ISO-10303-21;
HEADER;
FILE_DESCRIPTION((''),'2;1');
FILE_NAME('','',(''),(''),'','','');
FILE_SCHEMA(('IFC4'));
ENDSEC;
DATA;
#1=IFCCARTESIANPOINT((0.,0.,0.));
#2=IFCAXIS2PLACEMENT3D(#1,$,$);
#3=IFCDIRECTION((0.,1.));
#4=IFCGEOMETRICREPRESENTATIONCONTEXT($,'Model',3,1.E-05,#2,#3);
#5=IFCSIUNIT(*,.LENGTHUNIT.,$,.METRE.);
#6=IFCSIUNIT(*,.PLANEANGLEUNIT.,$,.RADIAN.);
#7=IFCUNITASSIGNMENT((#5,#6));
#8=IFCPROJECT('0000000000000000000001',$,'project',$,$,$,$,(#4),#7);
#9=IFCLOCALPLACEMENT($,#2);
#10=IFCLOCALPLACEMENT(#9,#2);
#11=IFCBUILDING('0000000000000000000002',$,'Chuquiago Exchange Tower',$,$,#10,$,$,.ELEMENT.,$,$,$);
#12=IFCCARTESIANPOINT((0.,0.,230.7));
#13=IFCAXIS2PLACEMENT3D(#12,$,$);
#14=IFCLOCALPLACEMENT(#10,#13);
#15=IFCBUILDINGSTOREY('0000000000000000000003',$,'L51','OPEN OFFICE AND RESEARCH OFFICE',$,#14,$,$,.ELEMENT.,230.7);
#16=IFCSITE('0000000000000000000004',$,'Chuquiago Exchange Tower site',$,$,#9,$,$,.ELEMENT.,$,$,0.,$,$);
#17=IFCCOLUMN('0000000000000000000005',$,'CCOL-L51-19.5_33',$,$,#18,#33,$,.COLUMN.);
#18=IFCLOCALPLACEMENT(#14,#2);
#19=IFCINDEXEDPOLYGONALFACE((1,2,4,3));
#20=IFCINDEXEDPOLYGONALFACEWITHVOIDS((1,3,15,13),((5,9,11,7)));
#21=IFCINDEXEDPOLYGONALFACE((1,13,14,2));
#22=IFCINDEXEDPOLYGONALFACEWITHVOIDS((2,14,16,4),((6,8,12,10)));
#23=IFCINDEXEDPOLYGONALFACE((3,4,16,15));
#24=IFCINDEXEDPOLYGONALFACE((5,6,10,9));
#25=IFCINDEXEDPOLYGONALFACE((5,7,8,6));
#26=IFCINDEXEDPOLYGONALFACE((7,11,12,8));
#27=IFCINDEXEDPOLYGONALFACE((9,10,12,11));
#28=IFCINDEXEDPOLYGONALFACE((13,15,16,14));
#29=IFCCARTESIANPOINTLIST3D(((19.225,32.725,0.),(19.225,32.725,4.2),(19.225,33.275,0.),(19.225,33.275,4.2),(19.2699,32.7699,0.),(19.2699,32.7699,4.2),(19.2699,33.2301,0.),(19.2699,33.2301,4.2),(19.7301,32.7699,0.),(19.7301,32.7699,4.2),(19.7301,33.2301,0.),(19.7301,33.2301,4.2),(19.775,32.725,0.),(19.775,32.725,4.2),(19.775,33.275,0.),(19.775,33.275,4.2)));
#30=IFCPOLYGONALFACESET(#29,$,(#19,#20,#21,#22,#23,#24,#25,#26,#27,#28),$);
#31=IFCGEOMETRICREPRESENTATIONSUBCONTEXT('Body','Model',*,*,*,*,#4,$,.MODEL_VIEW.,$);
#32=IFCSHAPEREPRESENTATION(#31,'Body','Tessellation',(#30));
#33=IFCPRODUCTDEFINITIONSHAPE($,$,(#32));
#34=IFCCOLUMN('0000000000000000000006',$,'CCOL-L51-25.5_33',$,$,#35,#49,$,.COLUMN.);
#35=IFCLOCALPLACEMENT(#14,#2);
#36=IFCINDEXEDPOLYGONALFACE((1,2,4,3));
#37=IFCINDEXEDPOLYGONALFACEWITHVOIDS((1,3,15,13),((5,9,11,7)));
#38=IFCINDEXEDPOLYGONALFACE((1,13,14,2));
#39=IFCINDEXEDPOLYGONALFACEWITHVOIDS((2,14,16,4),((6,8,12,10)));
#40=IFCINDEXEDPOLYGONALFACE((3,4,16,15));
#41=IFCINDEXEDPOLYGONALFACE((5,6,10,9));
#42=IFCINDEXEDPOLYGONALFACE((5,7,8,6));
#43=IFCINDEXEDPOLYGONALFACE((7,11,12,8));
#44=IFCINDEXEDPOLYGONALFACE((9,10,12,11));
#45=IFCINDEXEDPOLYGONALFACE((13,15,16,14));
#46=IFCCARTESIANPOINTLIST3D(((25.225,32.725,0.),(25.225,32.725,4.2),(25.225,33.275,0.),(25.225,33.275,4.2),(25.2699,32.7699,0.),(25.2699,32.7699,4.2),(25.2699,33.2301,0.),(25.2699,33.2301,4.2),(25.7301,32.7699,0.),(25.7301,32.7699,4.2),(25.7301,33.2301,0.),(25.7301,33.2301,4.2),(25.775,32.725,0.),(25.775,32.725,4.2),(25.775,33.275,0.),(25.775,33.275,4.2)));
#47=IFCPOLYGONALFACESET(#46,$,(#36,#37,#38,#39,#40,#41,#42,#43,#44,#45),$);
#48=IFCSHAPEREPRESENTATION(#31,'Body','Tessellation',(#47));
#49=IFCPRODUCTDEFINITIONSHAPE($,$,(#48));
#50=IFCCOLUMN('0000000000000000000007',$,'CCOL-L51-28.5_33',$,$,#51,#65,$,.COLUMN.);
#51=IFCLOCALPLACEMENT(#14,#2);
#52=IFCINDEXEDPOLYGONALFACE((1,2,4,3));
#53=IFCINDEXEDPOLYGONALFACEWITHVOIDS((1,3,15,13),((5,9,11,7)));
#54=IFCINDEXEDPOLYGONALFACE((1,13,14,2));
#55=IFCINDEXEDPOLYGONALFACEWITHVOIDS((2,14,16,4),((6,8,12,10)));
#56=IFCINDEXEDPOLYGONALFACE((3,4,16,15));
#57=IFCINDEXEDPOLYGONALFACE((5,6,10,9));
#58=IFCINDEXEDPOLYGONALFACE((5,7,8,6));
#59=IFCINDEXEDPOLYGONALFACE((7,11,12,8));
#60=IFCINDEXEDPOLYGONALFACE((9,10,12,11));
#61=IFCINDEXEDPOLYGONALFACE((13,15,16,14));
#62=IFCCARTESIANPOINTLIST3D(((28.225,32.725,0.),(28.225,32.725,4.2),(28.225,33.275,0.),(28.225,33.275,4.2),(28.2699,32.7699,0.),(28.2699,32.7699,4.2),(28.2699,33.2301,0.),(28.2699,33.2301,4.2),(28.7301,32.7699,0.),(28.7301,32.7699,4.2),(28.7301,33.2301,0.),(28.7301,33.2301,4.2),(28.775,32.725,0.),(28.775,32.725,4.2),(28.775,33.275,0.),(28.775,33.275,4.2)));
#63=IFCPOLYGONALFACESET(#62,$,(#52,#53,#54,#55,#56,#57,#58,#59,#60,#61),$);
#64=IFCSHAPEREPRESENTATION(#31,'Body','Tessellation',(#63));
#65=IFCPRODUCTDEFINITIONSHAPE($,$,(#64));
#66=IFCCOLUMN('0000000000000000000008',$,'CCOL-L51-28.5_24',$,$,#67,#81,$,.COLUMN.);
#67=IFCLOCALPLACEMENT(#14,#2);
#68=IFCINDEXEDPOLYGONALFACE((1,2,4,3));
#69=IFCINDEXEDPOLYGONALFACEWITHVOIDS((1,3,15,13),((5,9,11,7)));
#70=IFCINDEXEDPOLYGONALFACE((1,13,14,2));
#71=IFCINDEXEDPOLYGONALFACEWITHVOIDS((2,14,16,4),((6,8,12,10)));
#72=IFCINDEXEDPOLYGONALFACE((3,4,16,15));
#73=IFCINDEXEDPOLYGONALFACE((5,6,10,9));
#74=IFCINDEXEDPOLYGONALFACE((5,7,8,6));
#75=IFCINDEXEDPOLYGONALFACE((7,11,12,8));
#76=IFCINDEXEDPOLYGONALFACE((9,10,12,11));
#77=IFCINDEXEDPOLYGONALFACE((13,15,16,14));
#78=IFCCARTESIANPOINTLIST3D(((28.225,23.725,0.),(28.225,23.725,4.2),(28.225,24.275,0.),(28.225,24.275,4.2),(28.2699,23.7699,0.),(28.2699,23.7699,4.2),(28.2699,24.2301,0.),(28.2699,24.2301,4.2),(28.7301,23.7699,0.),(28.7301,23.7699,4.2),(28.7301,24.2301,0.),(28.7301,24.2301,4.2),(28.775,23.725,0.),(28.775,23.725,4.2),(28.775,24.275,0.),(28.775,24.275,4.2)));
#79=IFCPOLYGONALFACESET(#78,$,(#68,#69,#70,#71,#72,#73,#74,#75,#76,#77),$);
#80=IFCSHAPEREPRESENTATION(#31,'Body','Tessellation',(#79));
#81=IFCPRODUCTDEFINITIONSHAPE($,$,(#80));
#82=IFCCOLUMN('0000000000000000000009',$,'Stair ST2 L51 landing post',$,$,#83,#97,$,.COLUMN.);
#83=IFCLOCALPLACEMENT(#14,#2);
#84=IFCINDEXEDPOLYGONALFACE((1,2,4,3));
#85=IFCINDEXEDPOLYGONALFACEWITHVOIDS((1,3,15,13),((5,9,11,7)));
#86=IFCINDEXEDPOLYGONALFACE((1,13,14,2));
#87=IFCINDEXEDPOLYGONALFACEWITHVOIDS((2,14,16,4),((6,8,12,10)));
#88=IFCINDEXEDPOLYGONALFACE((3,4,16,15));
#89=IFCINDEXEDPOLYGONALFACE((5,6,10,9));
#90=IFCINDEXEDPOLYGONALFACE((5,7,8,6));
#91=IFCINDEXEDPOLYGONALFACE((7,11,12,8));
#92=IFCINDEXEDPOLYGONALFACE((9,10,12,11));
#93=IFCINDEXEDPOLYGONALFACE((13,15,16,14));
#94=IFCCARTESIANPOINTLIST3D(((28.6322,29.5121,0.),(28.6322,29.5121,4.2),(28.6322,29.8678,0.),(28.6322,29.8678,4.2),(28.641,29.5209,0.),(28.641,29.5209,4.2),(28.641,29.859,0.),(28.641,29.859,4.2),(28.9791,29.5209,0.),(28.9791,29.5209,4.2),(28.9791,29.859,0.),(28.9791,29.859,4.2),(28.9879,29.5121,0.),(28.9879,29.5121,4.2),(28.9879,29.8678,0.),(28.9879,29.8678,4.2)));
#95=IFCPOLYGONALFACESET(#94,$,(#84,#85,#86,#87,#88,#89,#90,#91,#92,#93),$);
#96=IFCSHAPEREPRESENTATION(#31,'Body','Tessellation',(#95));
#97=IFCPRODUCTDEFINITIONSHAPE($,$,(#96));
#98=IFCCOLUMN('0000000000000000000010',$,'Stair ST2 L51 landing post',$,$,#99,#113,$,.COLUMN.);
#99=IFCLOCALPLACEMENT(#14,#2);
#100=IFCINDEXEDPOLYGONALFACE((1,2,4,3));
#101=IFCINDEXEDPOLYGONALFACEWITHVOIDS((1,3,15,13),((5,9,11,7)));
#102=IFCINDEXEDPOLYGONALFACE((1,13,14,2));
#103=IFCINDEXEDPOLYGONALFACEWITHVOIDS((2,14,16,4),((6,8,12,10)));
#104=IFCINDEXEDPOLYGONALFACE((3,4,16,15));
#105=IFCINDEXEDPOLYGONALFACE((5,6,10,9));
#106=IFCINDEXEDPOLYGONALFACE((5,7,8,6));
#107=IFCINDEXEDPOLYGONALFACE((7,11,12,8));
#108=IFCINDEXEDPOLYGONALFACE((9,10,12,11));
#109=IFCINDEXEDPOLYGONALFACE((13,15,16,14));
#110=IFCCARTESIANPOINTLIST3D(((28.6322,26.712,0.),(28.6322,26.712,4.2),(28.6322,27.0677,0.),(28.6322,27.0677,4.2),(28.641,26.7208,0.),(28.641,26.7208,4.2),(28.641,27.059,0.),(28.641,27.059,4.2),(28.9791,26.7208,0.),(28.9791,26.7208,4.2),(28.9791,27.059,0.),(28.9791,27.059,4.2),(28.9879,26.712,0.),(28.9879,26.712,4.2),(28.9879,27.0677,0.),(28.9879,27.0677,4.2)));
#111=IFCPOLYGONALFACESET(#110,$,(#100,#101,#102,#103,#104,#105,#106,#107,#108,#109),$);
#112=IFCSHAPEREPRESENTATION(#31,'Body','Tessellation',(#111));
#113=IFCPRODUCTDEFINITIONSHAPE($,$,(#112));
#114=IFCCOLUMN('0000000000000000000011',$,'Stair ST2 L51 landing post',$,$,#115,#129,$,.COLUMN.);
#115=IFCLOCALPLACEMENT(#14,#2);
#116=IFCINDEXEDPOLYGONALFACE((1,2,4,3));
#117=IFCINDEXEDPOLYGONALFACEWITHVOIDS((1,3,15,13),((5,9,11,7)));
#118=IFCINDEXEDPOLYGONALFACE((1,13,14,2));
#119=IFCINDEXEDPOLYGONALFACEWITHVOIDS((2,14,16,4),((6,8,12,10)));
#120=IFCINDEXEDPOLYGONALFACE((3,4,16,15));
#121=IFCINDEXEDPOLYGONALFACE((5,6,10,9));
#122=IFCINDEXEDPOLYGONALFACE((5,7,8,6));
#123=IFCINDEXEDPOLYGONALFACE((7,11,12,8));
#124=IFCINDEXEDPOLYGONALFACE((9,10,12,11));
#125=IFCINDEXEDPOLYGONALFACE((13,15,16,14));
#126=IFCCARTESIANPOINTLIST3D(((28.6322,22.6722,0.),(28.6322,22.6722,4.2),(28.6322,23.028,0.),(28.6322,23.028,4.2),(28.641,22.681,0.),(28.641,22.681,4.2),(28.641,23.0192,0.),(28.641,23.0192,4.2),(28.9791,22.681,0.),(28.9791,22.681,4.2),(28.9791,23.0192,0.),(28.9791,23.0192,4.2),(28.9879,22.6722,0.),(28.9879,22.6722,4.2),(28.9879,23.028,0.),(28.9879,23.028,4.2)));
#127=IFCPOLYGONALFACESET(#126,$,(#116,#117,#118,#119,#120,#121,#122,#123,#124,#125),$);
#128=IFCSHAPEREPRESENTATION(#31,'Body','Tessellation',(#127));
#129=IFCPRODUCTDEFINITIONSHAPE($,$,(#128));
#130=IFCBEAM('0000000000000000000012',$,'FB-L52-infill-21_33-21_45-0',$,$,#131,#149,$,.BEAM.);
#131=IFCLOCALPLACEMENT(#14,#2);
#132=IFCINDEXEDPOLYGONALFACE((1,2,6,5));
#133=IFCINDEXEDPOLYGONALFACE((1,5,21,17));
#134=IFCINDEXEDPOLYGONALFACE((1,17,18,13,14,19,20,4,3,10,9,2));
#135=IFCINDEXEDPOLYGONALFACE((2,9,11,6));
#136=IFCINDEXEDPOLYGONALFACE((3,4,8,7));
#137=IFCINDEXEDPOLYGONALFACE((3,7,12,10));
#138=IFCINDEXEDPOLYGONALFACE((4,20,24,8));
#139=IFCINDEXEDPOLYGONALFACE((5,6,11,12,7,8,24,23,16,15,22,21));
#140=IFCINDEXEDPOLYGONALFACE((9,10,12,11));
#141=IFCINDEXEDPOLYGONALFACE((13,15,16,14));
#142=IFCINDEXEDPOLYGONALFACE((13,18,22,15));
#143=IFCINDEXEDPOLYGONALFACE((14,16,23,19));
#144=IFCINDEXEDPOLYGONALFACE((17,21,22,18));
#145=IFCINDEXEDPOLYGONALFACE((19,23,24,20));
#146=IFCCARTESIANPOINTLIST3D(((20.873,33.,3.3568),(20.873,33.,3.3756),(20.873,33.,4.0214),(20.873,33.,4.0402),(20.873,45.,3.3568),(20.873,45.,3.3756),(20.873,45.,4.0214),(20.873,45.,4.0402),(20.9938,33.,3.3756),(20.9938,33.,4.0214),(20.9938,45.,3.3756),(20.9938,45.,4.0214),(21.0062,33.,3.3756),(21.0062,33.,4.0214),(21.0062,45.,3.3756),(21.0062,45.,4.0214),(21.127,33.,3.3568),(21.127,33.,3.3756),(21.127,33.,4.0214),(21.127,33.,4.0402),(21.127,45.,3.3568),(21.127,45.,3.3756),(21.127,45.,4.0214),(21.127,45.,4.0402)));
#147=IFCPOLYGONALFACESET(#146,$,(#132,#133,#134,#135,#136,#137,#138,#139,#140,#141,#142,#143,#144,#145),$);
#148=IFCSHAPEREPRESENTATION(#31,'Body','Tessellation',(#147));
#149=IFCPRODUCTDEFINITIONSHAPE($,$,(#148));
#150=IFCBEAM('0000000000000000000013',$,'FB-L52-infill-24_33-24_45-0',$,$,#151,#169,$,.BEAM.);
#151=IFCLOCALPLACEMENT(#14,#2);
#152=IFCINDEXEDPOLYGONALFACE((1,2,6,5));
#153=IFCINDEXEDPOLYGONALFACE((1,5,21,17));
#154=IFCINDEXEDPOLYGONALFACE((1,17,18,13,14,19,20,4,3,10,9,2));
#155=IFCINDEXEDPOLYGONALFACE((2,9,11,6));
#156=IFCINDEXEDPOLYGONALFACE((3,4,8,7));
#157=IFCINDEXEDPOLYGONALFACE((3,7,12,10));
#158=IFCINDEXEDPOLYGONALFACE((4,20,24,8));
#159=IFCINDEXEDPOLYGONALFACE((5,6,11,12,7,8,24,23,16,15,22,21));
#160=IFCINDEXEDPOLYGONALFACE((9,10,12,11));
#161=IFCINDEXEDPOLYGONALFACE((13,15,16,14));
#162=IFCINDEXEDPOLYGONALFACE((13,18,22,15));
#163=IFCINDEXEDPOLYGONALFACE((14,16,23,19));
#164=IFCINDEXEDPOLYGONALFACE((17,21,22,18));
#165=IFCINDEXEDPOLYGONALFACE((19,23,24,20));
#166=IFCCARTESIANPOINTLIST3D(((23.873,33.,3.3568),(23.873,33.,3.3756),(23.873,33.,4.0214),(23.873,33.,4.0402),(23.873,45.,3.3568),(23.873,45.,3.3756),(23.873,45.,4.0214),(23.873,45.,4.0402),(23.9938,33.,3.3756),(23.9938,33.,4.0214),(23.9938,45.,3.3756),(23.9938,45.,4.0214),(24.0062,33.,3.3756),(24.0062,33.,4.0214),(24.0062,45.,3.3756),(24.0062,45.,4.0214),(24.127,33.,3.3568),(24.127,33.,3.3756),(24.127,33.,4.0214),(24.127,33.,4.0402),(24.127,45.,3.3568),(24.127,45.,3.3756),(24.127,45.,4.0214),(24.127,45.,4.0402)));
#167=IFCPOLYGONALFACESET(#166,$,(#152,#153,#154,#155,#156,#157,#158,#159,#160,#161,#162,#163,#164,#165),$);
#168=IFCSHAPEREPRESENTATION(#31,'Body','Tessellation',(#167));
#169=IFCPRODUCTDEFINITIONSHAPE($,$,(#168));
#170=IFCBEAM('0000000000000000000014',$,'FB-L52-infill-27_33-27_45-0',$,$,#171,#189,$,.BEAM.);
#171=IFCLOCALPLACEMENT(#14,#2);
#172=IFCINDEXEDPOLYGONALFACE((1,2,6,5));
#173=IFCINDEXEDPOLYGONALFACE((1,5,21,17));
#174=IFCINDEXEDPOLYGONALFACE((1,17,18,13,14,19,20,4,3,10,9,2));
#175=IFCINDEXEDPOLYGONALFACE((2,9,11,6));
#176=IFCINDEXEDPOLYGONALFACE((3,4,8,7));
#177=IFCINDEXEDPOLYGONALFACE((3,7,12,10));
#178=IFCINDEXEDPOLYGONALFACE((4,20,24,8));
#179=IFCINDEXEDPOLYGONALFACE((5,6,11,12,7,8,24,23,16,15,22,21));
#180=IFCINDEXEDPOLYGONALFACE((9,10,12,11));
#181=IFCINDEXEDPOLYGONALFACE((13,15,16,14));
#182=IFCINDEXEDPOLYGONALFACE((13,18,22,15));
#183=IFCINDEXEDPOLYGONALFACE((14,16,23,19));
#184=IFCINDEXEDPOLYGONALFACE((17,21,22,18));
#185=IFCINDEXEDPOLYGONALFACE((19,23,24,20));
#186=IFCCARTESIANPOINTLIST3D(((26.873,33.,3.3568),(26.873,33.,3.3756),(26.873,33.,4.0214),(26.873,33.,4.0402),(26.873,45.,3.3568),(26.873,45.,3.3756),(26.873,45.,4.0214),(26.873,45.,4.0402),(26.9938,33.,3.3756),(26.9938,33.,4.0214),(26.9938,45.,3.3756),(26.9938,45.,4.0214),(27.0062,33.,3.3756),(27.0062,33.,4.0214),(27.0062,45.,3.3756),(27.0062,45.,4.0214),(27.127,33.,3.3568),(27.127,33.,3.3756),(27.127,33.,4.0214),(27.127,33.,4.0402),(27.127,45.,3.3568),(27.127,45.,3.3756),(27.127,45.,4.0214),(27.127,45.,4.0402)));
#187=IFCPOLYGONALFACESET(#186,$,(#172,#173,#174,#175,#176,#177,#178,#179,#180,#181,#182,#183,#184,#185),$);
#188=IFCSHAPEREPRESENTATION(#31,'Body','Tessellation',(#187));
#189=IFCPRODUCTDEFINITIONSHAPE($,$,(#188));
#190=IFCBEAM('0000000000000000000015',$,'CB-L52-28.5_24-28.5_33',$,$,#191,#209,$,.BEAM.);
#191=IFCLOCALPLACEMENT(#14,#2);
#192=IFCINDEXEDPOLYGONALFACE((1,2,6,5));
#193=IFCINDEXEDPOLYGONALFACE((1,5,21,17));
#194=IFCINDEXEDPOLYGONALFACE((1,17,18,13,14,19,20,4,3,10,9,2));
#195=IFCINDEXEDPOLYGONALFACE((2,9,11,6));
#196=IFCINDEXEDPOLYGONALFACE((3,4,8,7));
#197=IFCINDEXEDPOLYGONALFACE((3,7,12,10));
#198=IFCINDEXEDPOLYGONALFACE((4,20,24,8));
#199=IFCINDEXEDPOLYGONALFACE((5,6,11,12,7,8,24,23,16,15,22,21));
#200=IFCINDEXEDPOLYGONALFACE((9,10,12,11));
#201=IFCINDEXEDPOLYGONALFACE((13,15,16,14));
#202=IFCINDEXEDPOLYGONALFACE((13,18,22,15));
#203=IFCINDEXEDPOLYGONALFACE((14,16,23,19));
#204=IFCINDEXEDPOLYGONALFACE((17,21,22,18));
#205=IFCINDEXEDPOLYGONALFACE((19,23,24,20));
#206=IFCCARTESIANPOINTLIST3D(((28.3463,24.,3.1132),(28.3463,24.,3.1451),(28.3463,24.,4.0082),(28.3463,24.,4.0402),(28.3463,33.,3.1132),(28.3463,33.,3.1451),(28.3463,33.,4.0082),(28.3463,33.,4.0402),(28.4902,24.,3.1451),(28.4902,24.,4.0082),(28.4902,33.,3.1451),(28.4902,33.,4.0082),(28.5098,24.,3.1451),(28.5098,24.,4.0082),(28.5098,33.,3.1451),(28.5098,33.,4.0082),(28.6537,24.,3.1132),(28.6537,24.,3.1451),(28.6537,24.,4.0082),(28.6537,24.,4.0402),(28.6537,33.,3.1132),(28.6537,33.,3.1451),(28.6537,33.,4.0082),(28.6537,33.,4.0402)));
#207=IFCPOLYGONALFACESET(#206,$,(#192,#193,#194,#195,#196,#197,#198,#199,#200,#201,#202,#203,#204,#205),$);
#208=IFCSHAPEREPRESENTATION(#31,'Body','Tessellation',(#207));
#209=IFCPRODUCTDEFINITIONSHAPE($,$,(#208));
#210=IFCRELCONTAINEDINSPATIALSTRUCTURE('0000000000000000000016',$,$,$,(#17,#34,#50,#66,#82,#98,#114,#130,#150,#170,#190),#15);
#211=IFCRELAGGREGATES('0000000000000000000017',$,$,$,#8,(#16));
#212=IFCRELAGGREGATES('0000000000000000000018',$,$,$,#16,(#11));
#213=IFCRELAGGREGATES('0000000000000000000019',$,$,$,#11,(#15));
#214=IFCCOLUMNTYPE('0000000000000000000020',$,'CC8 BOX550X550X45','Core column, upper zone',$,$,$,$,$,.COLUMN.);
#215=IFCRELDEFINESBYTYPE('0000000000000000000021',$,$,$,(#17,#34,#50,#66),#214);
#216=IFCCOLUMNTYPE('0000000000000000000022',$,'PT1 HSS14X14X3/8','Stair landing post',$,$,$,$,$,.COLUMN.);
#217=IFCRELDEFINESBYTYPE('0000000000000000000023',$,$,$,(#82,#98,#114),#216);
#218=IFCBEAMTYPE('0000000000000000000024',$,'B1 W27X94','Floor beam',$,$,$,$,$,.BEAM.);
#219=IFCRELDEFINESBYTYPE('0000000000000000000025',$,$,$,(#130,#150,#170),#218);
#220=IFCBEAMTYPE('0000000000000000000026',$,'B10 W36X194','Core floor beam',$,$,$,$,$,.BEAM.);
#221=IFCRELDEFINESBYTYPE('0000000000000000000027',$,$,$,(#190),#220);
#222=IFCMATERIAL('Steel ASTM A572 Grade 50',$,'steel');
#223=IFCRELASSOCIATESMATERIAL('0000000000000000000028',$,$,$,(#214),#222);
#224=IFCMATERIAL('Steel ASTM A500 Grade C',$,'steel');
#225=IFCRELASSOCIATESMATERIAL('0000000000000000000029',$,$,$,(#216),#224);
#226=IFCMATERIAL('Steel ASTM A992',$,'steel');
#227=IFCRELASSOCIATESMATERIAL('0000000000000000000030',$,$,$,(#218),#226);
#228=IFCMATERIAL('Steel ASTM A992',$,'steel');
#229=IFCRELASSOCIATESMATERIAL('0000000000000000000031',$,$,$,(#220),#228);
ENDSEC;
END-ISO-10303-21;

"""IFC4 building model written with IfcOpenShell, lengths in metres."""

from ifc_helpers import new_model, si_unit, direction, frame, origin, origin_2d, place, context, subcontext, project, spatial, hollow_rectangle, i_section, extrude, material, material_profile, profile_set, type_object, element, save


model = new_model("IFC4")

# Units and contexts
model_context = context("Model", 3, precision=1e-05, world=origin(), true_north=direction((0.0, 1.0)))
body_context = subcontext(model_context, "Body", "Model", "MODEL_VIEW")
ifc_project = project(units=[si_unit("LENGTHUNIT", "METRE"), si_unit("PLANEANGLEUNIT", "RADIAN")], contexts=[model_context])

# Site, building, storey
site_placement = place(None, origin())
site = spatial("IfcSite", under=ifc_project, at=site_placement, Name="Chuquiago Exchange Tower site", CompositionType="ELEMENT", RefElevation=0.0)
building_placement = place(site_placement, origin())
building = spatial("IfcBuilding", under=site, at=building_placement, Name="Chuquiago Exchange Tower", CompositionType="ELEMENT")
storey_placement = place(building_placement, frame((0.0, 0.0, 230.7)))
storey = spatial("IfcBuildingStorey", under=building, at=storey_placement, Name="L51", Description="OPEN OFFICE AND RESEARCH OFFICE", CompositionType="ELEMENT", Elevation=230.7)

# Columns
ifc_material_1 = material(Name="Steel ASTM A572 Grade 50", Category="steel")
ifc_material_profile_1 = material_profile(ifc_material_1, hollow_rectangle(XDim=0.55, YDim=0.55, WallThickness=0.0449, at=origin_2d()), Name="BOX550X550X45")
ifc_profile_set_1 = profile_set([ifc_material_profile_1], Name="Steel ASTM A572 Grade 50")
column_type_1 = type_object("IfcColumnType", Name="CC8 BOX550X550X45", Description="Core column, upper zone", PredefinedType="COLUMN", material=ifc_profile_set_1)
for number, where, z_axis, x_axis, name in (
    (1, (19.5, 33.0, 0.0), (0.0, 0.0, 1.0), (1.0, 0.0, 0.0), "CCOL-L51-19.5_33"),
    (2, (25.5, 33.0, 0.0), (0.0, 0.0, 1.0), (1.0, 0.0, 0.0), "CCOL-L51-25.5_33"),
    (3, (28.5, 33.0, 0.0), (0.0, 0.0, 1.0), (1.0, 0.0, 0.0), "CCOL-L51-28.5_33"),
    (4, (28.5, 24.0, 0.0), (0.0, 0.0, 1.0), (1.0, 0.0, 0.0), "CCOL-L51-28.5_24"),
):
    element("IfcColumn", number, at=place(storey_placement, frame(where, z_axis=z_axis, x_axis=x_axis)), inside=storey, type_object=column_type_1, Name=name, PredefinedType="COLUMN", context=body_context, shape_type="SweptSolid", body=[
        extrude(hollow_rectangle(XDim=0.55, YDim=0.55, WallThickness=0.0449, at=origin_2d()), origin(), (0.0, 0.0, 1.0), 4.2),
    ])
ifc_material_2 = material(Name="Steel ASTM A500 Grade C", Category="steel")
ifc_material_profile_2 = material_profile(ifc_material_2, hollow_rectangle(XDim=0.3557, YDim=0.3557, WallThickness=0.0088, at=origin_2d()), Name="HSS14X14X3/8")
ifc_profile_set_2 = profile_set([ifc_material_profile_2], Name="Steel ASTM A500 Grade C")
column_type_2 = type_object("IfcColumnType", Name="PT1 HSS14X14X3/8", Description="Stair landing post", PredefinedType="COLUMN", material=ifc_profile_set_2)
for number, where, z_axis, x_axis, name in (
    (5, (28.8101, 29.6899, 0.0), (0.0, 0.0, 1.0), (1.0, 0.0, 0.0), "Stair ST2 L51 landing post"),
    (6, (28.8101, 26.8899, 0.0), (0.0, 0.0, 1.0), (1.0, 0.0, 0.0), "Stair ST2 L51 landing post"),
    (7, (28.8101, 22.8501, 0.0), (0.0, 0.0, 1.0), (1.0, 0.0, 0.0), "Stair ST2 L51 landing post"),
):
    element("IfcColumn", number, at=place(storey_placement, frame(where, z_axis=z_axis, x_axis=x_axis)), inside=storey, type_object=column_type_2, Name=name, PredefinedType="COLUMN", context=body_context, shape_type="SweptSolid", body=[
        extrude(hollow_rectangle(XDim=0.3557, YDim=0.3557, WallThickness=0.0088, at=origin_2d()), origin(), (0.0, 0.0, 1.0), 4.2),
    ])

# Beams
ifc_material_3 = material(Name="Steel ASTM A992", Category="steel")
ifc_material_profile_3 = material_profile(ifc_material_3, i_section(OverallWidth=0.2539, OverallDepth=0.6833, WebThickness=0.0125, FlangeThickness=0.0188, at=origin_2d()), Name="W27X94")
ifc_profile_set_3 = profile_set([ifc_material_profile_3], Name="Steel ASTM A992")
beam_type_1 = type_object("IfcBeamType", Name="B1 W27X94", Description="Floor beam", PredefinedType="BEAM", material=ifc_profile_set_3)
for number, where, z_axis, x_axis, name in (
    (8, (21.0, 33.0, 3.6985), (0.0, 1.0, 0.0), (-1.0, 0.0, 0.0), "FB-L52-infill-21_33-21_45-0"),
    (9, (24.0, 33.0, 3.6985), (0.0, 1.0, 0.0), (-1.0, 0.0, 0.0), "FB-L52-infill-24_33-24_45-0"),
    (10, (27.0, 33.0, 3.6985), (0.0, 1.0, 0.0), (-1.0, 0.0, 0.0), "FB-L52-infill-27_33-27_45-0"),
):
    element("IfcBeam", number, at=place(storey_placement, frame(where, z_axis=z_axis, x_axis=x_axis)), inside=storey, type_object=beam_type_1, Name=name, PredefinedType="BEAM", context=body_context, shape_type="SweptSolid", body=[
        extrude(i_section(OverallWidth=0.2539, OverallDepth=0.6833, WebThickness=0.0125, FlangeThickness=0.0188, at=origin_2d()), origin(), (0.0, 0.0, 1.0), 12.0),
    ])
ifc_material_4 = material(Name="Steel ASTM A992", Category="steel")
ifc_material_profile_4 = material_profile(ifc_material_4, i_section(OverallWidth=0.3074, OverallDepth=0.927, WebThickness=0.0195, FlangeThickness=0.032, at=origin_2d()), Name="W36X194")
ifc_profile_set_4 = profile_set([ifc_material_profile_4], Name="Steel ASTM A992")
beam_type_2 = type_object("IfcBeamType", Name="B10 W36X194", Description="Core floor beam", PredefinedType="BEAM", material=ifc_profile_set_4)
beam_1_placement = place(storey_placement, frame((28.5, 24.0, 3.5767), z_axis=(0.0, 1.0, 0.0), x_axis=(-1.0, 0.0, 0.0)))
element("IfcBeam", 11, at=beam_1_placement, inside=storey, type_object=beam_type_2, Name="CB-L52-28.5_24-28.5_33", PredefinedType="BEAM", context=body_context, shape_type="SweptSolid", body=[
    extrude(i_section(OverallWidth=0.3074, OverallDepth=0.927, WebThickness=0.0195, FlangeThickness=0.032, at=origin_2d()), origin(), (0.0, 0.0, 1.0), 9.0),
])

save(model, "model.ifc")
